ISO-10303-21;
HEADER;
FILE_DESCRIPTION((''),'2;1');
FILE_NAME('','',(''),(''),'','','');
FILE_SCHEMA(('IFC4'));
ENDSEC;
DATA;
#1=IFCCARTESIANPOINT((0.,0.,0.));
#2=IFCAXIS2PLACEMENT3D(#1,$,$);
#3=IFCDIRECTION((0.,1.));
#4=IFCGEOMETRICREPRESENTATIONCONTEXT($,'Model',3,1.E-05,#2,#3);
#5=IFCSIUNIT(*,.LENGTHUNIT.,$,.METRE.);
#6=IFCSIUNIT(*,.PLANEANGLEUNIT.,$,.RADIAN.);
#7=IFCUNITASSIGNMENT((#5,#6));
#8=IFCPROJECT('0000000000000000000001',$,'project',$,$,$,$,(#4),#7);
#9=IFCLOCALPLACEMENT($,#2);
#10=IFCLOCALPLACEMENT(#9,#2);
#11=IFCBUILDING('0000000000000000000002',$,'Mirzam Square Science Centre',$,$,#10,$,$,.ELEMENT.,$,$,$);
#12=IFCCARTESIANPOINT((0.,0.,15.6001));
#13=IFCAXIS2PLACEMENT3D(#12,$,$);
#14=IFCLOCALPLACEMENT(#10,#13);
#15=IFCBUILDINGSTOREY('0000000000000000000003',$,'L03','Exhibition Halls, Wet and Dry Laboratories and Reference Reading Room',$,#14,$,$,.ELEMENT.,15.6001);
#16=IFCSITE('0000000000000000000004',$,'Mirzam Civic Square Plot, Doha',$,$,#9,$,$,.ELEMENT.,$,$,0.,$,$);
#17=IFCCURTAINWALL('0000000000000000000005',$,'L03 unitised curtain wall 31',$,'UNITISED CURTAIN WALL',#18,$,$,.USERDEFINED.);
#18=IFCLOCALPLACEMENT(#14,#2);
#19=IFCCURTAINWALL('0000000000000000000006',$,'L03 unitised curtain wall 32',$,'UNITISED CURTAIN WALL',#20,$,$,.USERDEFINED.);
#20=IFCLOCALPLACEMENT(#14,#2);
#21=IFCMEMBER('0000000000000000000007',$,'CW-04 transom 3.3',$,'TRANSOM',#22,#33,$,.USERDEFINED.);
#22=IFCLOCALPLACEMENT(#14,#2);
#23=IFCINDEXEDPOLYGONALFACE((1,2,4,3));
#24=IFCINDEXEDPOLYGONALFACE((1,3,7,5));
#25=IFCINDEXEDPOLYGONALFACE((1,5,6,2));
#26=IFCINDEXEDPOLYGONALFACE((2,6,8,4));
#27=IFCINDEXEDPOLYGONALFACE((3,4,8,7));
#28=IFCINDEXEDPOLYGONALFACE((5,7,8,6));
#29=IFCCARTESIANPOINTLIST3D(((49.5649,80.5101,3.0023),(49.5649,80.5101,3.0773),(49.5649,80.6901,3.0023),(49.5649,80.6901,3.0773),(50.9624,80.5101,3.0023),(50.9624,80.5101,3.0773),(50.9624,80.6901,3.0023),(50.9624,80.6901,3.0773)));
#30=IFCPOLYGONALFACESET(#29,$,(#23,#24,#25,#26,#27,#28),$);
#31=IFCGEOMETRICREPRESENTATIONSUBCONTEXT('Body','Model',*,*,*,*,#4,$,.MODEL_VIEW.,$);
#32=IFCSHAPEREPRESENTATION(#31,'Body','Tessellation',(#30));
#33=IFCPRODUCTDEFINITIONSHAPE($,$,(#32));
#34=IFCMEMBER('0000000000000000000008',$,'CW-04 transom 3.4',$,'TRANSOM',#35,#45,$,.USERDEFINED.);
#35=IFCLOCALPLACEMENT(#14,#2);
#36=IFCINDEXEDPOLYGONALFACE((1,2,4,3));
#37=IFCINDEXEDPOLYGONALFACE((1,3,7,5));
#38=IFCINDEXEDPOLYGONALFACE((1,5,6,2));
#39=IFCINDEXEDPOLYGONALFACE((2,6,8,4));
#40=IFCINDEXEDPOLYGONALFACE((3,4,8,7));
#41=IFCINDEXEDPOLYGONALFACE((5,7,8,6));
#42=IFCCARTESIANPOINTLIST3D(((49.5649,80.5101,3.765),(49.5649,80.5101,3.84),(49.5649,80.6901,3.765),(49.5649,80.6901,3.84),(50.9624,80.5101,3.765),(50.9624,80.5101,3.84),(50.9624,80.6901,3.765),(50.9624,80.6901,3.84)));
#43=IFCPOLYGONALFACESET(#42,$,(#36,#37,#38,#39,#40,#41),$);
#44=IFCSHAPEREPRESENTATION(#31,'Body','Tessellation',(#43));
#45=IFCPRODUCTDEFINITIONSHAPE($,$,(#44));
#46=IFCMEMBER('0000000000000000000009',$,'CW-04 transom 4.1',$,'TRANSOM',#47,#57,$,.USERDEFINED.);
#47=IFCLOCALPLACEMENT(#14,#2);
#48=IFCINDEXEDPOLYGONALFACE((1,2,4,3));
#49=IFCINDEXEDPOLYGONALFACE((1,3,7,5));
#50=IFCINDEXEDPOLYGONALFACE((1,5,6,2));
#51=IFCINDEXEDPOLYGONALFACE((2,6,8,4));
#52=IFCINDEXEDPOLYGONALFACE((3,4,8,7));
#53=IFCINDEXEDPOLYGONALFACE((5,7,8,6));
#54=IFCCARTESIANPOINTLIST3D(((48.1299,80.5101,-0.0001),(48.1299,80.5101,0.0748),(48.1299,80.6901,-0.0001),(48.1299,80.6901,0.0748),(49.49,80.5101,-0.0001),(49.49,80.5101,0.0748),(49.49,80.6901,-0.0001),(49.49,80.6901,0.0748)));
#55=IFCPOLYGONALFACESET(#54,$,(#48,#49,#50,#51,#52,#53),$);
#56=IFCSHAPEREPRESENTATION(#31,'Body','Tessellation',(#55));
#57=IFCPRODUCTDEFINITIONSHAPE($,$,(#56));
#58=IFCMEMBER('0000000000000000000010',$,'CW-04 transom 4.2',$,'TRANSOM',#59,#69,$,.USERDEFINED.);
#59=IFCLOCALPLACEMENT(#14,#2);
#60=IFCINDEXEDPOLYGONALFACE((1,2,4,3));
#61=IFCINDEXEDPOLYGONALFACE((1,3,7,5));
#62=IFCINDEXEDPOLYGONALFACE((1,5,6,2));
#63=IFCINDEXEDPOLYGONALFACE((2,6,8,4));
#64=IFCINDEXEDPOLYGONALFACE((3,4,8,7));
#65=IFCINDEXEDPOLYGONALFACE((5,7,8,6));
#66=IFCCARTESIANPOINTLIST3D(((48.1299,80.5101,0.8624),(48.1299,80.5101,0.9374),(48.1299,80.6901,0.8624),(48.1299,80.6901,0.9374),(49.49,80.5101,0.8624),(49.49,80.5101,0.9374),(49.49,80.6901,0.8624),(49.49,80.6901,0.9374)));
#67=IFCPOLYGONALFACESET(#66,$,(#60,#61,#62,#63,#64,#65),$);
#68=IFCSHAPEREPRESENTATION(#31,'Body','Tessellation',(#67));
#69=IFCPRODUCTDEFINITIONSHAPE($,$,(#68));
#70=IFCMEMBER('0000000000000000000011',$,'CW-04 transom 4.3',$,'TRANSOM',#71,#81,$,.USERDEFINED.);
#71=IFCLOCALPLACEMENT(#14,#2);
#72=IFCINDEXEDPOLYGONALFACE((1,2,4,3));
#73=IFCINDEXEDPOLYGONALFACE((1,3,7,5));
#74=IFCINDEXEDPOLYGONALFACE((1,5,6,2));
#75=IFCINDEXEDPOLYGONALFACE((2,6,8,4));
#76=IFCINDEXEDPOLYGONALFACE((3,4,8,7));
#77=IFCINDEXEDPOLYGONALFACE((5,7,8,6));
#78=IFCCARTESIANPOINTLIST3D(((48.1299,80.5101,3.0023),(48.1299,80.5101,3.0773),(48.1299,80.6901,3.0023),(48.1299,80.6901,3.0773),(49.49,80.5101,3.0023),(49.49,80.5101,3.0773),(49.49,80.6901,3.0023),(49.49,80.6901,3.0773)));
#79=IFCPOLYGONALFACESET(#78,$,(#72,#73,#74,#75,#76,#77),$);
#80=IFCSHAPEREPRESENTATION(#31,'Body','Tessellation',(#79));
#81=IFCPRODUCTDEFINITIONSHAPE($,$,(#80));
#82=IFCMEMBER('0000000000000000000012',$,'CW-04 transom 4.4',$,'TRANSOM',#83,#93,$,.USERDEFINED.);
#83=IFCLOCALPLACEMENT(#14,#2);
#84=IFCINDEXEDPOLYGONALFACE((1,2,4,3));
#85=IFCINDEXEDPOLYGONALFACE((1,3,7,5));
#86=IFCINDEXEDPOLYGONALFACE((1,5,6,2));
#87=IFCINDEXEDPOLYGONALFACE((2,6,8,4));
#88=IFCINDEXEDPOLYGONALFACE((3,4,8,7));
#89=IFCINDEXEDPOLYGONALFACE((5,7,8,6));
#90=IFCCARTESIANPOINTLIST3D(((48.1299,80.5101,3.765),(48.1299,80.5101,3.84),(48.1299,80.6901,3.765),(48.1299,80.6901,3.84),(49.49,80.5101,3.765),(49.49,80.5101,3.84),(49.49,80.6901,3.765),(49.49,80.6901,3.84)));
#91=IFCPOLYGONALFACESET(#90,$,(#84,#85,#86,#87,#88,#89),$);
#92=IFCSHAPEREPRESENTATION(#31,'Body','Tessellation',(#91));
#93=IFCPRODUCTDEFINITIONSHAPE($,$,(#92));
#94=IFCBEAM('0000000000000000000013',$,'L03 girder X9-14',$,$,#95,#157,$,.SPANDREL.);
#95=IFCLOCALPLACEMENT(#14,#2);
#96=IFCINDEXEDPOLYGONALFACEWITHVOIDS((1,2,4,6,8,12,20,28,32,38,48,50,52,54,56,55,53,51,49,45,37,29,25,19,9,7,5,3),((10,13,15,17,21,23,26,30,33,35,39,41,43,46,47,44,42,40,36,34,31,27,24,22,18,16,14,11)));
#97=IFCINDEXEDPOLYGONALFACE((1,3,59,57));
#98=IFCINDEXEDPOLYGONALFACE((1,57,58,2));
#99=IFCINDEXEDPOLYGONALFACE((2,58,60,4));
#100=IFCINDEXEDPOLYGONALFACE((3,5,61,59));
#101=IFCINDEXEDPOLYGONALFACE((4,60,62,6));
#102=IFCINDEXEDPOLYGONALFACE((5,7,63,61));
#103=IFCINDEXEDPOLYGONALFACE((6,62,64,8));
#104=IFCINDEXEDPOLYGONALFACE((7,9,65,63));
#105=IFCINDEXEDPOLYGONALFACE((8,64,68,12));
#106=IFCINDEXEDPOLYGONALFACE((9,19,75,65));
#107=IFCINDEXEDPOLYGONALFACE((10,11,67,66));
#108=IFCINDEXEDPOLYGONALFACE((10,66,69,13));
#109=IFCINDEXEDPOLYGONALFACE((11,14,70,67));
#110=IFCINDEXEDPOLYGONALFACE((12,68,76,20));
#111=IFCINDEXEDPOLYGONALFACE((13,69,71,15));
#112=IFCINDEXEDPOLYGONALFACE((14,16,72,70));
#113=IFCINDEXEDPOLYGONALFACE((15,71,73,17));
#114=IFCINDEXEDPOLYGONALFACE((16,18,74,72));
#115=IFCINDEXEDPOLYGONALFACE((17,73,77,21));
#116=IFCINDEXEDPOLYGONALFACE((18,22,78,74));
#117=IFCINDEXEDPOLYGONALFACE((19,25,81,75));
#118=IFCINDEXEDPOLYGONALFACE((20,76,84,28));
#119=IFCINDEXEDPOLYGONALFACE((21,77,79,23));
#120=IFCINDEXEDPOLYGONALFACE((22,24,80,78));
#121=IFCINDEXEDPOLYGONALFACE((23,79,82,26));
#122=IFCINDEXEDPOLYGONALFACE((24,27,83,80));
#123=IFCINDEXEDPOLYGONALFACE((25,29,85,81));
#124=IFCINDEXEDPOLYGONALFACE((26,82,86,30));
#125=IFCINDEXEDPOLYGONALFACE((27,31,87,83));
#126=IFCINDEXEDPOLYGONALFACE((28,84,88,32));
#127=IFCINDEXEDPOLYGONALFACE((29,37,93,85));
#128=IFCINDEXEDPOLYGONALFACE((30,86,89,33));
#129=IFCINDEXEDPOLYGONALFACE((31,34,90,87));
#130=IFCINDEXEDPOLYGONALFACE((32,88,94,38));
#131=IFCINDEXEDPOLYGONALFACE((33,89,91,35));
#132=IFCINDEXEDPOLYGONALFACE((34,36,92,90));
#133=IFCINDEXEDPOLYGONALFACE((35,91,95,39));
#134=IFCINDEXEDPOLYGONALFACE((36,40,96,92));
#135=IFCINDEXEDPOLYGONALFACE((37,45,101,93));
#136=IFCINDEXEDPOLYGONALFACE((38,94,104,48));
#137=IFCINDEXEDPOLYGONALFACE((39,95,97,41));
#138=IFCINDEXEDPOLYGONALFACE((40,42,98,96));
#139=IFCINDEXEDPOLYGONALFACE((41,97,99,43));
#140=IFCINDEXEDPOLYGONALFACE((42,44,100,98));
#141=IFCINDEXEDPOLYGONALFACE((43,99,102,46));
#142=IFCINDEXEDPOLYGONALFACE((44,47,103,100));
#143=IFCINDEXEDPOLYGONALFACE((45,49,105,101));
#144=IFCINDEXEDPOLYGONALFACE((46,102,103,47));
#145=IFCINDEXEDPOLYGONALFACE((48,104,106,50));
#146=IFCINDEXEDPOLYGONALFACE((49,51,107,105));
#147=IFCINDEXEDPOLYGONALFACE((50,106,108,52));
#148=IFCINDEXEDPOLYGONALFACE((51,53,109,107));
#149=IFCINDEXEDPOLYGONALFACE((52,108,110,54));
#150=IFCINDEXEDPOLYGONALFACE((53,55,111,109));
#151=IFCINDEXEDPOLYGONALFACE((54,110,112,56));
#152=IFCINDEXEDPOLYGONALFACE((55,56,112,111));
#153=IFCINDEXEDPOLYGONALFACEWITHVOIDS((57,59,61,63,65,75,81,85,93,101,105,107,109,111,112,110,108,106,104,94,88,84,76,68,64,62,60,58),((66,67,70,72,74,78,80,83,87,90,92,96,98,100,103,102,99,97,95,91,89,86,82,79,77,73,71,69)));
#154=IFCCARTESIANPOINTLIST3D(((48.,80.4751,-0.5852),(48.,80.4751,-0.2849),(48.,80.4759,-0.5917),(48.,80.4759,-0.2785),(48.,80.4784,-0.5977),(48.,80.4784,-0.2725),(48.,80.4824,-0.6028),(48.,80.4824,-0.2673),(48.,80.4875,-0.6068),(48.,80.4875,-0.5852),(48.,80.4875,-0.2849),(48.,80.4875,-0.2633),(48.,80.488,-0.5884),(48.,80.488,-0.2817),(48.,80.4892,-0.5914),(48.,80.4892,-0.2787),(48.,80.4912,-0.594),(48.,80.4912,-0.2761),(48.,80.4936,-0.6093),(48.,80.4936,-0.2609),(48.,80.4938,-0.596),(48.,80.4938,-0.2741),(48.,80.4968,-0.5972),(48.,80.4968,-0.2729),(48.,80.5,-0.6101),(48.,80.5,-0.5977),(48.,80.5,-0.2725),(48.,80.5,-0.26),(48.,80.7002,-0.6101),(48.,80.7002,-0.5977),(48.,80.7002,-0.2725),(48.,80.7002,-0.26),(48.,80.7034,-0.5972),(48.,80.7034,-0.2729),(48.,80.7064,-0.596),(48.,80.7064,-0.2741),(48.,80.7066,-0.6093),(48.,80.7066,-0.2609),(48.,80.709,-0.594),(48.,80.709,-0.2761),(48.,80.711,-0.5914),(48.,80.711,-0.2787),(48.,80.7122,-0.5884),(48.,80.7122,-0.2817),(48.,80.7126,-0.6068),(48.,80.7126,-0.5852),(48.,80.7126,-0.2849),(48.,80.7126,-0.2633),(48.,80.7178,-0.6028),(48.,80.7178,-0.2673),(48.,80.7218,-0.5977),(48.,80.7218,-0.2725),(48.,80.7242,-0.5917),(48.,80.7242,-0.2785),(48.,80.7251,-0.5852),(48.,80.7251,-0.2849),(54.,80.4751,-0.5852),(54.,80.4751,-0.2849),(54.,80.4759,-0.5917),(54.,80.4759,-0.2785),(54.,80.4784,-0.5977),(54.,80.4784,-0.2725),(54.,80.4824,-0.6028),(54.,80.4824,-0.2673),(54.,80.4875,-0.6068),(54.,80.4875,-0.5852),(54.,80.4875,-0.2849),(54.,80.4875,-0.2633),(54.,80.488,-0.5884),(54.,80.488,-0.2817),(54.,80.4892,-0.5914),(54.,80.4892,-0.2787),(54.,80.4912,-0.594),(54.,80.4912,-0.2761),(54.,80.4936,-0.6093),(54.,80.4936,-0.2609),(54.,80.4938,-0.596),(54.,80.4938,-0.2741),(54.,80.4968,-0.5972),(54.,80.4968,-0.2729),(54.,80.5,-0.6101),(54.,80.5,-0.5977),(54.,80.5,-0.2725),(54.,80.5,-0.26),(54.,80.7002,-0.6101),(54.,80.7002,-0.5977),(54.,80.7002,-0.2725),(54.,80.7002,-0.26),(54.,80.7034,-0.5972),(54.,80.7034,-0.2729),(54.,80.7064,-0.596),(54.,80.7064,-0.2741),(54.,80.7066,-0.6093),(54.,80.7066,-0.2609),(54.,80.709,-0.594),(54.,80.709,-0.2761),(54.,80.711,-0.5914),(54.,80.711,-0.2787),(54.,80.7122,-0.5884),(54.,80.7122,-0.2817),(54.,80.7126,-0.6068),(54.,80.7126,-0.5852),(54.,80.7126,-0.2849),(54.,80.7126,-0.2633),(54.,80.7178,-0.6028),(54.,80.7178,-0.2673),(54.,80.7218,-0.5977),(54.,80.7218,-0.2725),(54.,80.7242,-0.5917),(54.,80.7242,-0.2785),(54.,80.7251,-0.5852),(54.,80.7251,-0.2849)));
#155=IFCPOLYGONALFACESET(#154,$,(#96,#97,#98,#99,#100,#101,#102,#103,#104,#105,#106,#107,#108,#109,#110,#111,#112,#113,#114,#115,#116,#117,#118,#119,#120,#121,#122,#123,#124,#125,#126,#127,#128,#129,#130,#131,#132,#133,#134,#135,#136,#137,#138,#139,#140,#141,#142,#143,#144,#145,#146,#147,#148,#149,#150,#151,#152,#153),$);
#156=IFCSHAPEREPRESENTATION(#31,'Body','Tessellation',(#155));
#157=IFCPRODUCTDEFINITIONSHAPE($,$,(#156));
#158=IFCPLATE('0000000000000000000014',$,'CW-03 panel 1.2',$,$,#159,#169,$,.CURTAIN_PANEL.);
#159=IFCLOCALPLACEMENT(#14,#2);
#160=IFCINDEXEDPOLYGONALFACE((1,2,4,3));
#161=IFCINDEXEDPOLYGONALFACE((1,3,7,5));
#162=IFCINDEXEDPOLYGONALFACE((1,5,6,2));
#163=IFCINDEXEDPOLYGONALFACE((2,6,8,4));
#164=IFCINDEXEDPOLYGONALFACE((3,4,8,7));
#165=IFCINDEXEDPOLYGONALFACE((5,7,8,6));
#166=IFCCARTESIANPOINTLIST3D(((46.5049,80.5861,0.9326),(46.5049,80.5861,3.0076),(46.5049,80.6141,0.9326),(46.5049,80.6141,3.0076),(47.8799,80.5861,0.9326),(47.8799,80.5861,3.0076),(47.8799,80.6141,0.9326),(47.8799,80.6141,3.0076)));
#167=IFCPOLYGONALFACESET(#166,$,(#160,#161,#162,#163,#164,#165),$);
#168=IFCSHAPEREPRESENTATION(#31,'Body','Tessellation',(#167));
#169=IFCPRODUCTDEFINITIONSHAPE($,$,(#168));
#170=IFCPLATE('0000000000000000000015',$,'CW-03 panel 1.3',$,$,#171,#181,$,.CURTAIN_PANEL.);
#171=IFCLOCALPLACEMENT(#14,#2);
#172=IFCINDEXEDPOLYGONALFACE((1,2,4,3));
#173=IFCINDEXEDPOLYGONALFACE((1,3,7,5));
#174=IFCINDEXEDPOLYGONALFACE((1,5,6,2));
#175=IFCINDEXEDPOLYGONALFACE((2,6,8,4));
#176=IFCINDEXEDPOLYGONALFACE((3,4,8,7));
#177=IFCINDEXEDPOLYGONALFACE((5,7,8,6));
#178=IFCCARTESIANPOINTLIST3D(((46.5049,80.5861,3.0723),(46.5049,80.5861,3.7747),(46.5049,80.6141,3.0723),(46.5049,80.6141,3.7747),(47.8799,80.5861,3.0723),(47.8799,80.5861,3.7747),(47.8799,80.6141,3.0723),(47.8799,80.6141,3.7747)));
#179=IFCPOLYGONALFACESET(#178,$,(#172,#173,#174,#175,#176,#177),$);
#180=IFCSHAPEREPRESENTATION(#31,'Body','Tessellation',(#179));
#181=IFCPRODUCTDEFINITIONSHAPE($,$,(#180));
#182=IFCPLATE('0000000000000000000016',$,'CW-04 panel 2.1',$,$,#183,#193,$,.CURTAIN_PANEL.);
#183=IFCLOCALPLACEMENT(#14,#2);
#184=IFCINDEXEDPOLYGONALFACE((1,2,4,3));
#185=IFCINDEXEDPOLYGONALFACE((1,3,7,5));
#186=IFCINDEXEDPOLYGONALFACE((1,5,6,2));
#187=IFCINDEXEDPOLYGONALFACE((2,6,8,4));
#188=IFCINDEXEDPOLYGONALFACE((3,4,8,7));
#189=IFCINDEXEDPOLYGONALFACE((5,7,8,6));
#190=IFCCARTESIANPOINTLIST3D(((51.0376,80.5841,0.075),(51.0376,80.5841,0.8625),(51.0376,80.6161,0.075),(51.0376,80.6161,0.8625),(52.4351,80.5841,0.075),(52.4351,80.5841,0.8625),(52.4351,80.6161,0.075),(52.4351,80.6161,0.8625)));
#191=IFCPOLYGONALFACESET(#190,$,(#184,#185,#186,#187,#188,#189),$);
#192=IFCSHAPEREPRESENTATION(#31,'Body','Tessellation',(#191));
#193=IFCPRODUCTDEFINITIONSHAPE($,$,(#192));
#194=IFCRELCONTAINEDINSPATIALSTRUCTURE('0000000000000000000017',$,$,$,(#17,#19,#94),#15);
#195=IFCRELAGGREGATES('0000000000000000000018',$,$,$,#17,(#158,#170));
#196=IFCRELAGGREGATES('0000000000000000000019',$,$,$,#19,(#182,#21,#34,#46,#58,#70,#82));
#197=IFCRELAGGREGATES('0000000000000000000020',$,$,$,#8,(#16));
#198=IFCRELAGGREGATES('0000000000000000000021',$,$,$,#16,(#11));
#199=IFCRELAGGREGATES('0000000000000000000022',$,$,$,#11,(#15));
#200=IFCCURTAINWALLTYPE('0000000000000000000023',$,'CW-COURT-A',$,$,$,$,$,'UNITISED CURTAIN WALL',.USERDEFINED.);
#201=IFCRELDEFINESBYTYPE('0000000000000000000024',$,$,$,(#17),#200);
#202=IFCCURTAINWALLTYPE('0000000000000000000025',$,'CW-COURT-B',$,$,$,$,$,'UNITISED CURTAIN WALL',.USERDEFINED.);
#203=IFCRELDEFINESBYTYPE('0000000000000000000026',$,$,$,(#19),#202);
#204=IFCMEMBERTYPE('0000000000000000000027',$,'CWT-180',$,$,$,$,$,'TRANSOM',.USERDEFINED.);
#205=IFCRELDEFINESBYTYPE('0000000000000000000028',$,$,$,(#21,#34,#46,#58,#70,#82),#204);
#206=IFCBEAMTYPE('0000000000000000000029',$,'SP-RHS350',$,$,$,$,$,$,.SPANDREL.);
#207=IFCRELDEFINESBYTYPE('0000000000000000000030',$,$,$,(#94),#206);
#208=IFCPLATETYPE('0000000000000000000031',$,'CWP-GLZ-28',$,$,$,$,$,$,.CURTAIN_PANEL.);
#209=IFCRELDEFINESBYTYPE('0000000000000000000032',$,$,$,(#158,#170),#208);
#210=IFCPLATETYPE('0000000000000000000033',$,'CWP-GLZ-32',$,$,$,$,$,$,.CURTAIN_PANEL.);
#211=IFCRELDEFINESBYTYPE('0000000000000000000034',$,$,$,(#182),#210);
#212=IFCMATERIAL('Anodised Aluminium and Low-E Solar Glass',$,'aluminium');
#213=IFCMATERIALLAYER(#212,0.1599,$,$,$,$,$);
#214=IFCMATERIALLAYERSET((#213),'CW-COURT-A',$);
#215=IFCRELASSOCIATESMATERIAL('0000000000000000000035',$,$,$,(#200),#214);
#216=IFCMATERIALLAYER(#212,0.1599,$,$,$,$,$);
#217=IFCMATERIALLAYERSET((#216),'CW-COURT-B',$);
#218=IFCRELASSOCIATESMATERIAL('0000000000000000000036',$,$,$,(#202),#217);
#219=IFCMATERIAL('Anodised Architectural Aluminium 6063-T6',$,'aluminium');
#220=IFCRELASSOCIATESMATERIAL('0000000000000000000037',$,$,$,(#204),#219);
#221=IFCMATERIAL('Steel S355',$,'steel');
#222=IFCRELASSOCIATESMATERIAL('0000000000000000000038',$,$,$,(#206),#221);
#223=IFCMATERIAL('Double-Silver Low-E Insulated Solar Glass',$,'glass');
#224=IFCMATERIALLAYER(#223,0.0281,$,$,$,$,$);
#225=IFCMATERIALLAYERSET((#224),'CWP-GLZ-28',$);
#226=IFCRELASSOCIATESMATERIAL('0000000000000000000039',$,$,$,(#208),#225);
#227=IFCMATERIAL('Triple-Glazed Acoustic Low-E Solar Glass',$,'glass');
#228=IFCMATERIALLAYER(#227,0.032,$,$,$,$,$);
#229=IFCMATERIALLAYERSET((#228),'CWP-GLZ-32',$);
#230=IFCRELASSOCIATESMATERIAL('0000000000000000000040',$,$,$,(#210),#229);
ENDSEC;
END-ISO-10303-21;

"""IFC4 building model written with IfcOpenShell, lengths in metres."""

from ifc_helpers import new_model, si_unit, direction, frame, origin, origin_2d, place, context, subcontext, project, spatial, rectangle, hollow_rectangle, extrude, material, layer, layer_set, material_profile, profile_set, type_object, element, aggregate, save


model = new_model("IFC4")

# Units and contexts
model_context = context("Model", 3, precision=1e-05, world=origin(), true_north=direction((0.0, 1.0)))
body_context = subcontext(model_context, "Body", "Model", "MODEL_VIEW")
ifc_project = project(units=[si_unit("LENGTHUNIT", "METRE"), si_unit("PLANEANGLEUNIT", "RADIAN")], contexts=[model_context])

# Site, building, storey
site_placement = place(None, origin())
site = spatial("IfcSite", under=ifc_project, at=site_placement, Name="Mirzam Civic Square Plot, Doha", CompositionType="ELEMENT", RefElevation=0.0)
building_placement = place(site_placement, origin())
building = spatial("IfcBuilding", under=site, at=building_placement, Name="Mirzam Square Science Centre", CompositionType="ELEMENT")
storey_placement = place(building_placement, frame((0.0, 0.0, 15.6001)))
storey = spatial("IfcBuildingStorey", under=building, at=storey_placement, Name="L03", Description="Exhibition Halls, Wet and Dry Laboratories and Reference Reading Room", CompositionType="ELEMENT", Elevation=15.6001)

# Shared definitions
ifc_material_1 = material(Name="Steel S355", Category="steel")

# Curtain wall
ifc_material_2 = material(Name="Anodised Aluminium and Low-E Solar Glass", Category="aluminium")
ifc_layer_1 = layer(ifc_material_2, 0.1599)
ifc_layer_set_1 = layer_set([ifc_layer_1], Name="CW-COURT-A")
curtain_wall_type_1 = type_object("IfcCurtainWallType", Name="CW-COURT-A", ElementType="UNITISED CURTAIN WALL", PredefinedType="USERDEFINED", material=ifc_layer_set_1)
curtain_wall_1_placement = place(storey_placement, origin())
curtain_wall_1 = element("IfcCurtainWall", 1, at=curtain_wall_1_placement, inside=storey, type_object=curtain_wall_type_1, Name="L03 unitised curtain wall 31", ObjectType="UNITISED CURTAIN WALL", PredefinedType="USERDEFINED")
ifc_material_3 = material(Name="Anodised Architectural Aluminium 6063-T6", Category="aluminium")

# Curtain wall
ifc_layer_2 = layer(ifc_material_2, 0.1599)
ifc_layer_set_2 = layer_set([ifc_layer_2], Name="CW-COURT-B")
curtain_wall_type_2 = type_object("IfcCurtainWallType", Name="CW-COURT-B", ElementType="UNITISED CURTAIN WALL", PredefinedType="USERDEFINED", material=ifc_layer_set_2)
curtain_wall_2_placement = place(storey_placement, origin())
curtain_wall_2 = element("IfcCurtainWall", 2, at=curtain_wall_2_placement, inside=storey, type_object=curtain_wall_type_2, Name="L03 unitised curtain wall 32", ObjectType="UNITISED CURTAIN WALL", PredefinedType="USERDEFINED")

# Members
ifc_material_profile_1 = material_profile(ifc_material_3, rectangle(XDim=0.1799, YDim=0.075, at=origin_2d()), Name="ALU-TRAN-180x75x5")
ifc_profile_set_1 = profile_set([ifc_material_profile_1], Name="Anodised Architectural Aluminium 6063-T6")
member_type_1 = type_object("IfcMemberType", Name="CWT-180", ElementType="TRANSOM", PredefinedType="USERDEFINED", material=ifc_profile_set_1)
member_1_placement = place(storey_placement, frame((50.9624, 80.6001, 3.0398), z_axis=(-1.0, 0.0, 0.0), x_axis=(0.0, -1.0, 0.0)))
member_1 = element("IfcMember", 3, at=member_1_placement, type_object=member_type_1, Name="CW-04 transom 3.3", ObjectType="TRANSOM", PredefinedType="USERDEFINED", context=body_context, shape_type="SweptSolid", body=[
    extrude(rectangle(XDim=0.1799, YDim=0.075, at=origin_2d()), origin(), (0.0, 0.0, 1.0), 1.3975),
])
member_2_placement = place(storey_placement, frame((50.9624, 80.6001, 3.8025), z_axis=(-1.0, 0.0, 0.0), x_axis=(0.0, -1.0, 0.0)))
member_2 = element("IfcMember", 4, at=member_2_placement, type_object=member_type_1, Name="CW-04 transom 3.4", ObjectType="TRANSOM", PredefinedType="USERDEFINED", context=body_context, shape_type="SweptSolid", body=[
    extrude(rectangle(XDim=0.1799, YDim=0.075, at=origin_2d()), origin(), (0.0, 0.0, 1.0), 1.3975),
])
member_3_placement = place(storey_placement, frame((49.49, 80.6001, 0.0374), z_axis=(-1.0, 0.0, 0.0), x_axis=(0.0, -1.0, 0.0)))
member_3 = element("IfcMember", 5, at=member_3_placement, type_object=member_type_1, Name="CW-04 transom 4.1", ObjectType="TRANSOM", PredefinedType="USERDEFINED", context=body_context, shape_type="SweptSolid", body=[
    extrude(rectangle(XDim=0.1799, YDim=0.075, at=origin_2d()), origin(), (0.0, 0.0, 1.0), 1.3601),
])
member_4_placement = place(storey_placement, frame((49.49, 80.6001, 0.8999), z_axis=(-1.0, 0.0, 0.0), x_axis=(0.0, -1.0, 0.0)))
member_4 = element("IfcMember", 6, at=member_4_placement, type_object=member_type_1, Name="CW-04 transom 4.2", ObjectType="TRANSOM", PredefinedType="USERDEFINED", context=body_context, shape_type="SweptSolid", body=[
    extrude(rectangle(XDim=0.1799, YDim=0.075, at=origin_2d()), origin(), (0.0, 0.0, 1.0), 1.3601),
])
member_5_placement = place(storey_placement, frame((49.49, 80.6001, 3.0398), z_axis=(-1.0, 0.0, 0.0), x_axis=(0.0, -1.0, 0.0)))
member_5 = element("IfcMember", 7, at=member_5_placement, type_object=member_type_1, Name="CW-04 transom 4.3", ObjectType="TRANSOM", PredefinedType="USERDEFINED", context=body_context, shape_type="SweptSolid", body=[
    extrude(rectangle(XDim=0.1799, YDim=0.075, at=origin_2d()), origin(), (0.0, 0.0, 1.0), 1.3601),
])
member_6_placement = place(storey_placement, frame((49.49, 80.6001, 3.8025), z_axis=(-1.0, 0.0, 0.0), x_axis=(0.0, -1.0, 0.0)))
member_6 = element("IfcMember", 8, at=member_6_placement, type_object=member_type_1, Name="CW-04 transom 4.4", ObjectType="TRANSOM", PredefinedType="USERDEFINED", context=body_context, shape_type="SweptSolid", body=[
    extrude(rectangle(XDim=0.1799, YDim=0.075, at=origin_2d()), origin(), (0.0, 0.0, 1.0), 1.3601),
])

# Beam
ifc_material_profile_2 = material_profile(ifc_material_1, hollow_rectangle(XDim=0.25, YDim=0.3501, WallThickness=0.0125, InnerFilletRadius=0.0125, OuterFilletRadius=0.0249, at=origin_2d()), Name="350x250x12.5RHS")
ifc_profile_set_2 = profile_set([ifc_material_profile_2], Name="Steel S355")
beam_type = type_object("IfcBeamType", Name="SP-RHS350", PredefinedType="SPANDREL", material=ifc_profile_set_2)
beam_placement = place(storey_placement, frame((48.0, 80.6001, -0.4351), z_axis=(1.0, 0.0, 0.0), x_axis=(0.0, 1.0, 0.0)))
element("IfcBeam", 9, at=beam_placement, inside=storey, type_object=beam_type, Name="L03 girder X9-14", PredefinedType="SPANDREL", context=body_context, shape_type="SweptSolid", body=[
    extrude(hollow_rectangle(XDim=0.25, YDim=0.3501, WallThickness=0.0125, InnerFilletRadius=0.0125, OuterFilletRadius=0.0249, at=origin_2d()), origin(), (0.0, 0.0, 1.0), 6.0),
])

# Plates
ifc_material_4 = material(Name="Double-Silver Low-E Insulated Solar Glass", Category="glass")
ifc_layer_3 = layer(ifc_material_4, 0.0281)
ifc_layer_set_3 = layer_set([ifc_layer_3], Name="CWP-GLZ-28")
plate_type_1 = type_object("IfcPlateType", Name="CWP-GLZ-28", PredefinedType="CURTAIN_PANEL", material=ifc_layer_set_3)
plate_1_placement = place(storey_placement, frame((47.1924, 80.6001, 0.9326), z_axis=(0.0, 0.0, 1.0), x_axis=(-1.0, 0.0, 0.0)))
plate_1 = element("IfcPlate", 10, at=plate_1_placement, type_object=plate_type_1, Name="CW-03 panel 1.2", PredefinedType="CURTAIN_PANEL", context=body_context, shape_type="SweptSolid", body=[
    extrude(rectangle(XDim=1.375, YDim=0.0281, at=origin_2d()), origin(), (0.0, 0.0, 1.0), 2.075),
])
plate_2_placement = place(storey_placement, frame((47.1924, 80.6001, 3.0723), z_axis=(0.0, 0.0, 1.0), x_axis=(-1.0, 0.0, 0.0)))
plate_2 = element("IfcPlate", 11, at=plate_2_placement, type_object=plate_type_1, Name="CW-03 panel 1.3", PredefinedType="CURTAIN_PANEL", context=body_context, shape_type="SweptSolid", body=[
    extrude(rectangle(XDim=1.375, YDim=0.0281, at=origin_2d()), origin(), (0.0, 0.0, 1.0), 0.7024),
])
aggregate(curtain_wall_1, [plate_1, plate_2])
ifc_material_5 = material(Name="Triple-Glazed Acoustic Low-E Solar Glass", Category="glass")
ifc_layer_4 = layer(ifc_material_5, 0.032)
ifc_layer_set_4 = layer_set([ifc_layer_4], Name="CWP-GLZ-32")
plate_type_2 = type_object("IfcPlateType", Name="CWP-GLZ-32", PredefinedType="CURTAIN_PANEL", material=ifc_layer_set_4)
plate_3_placement = place(storey_placement, frame((51.7363, 80.6001, 0.075), z_axis=(0.0, 0.0, 1.0), x_axis=(-1.0, 0.0, 0.0)))
plate_3 = element("IfcPlate", 12, at=plate_3_placement, type_object=plate_type_2, Name="CW-04 panel 2.1", PredefinedType="CURTAIN_PANEL", context=body_context, shape_type="SweptSolid", body=[
    extrude(rectangle(XDim=1.3975, YDim=0.032, at=origin_2d()), origin(), (0.0, 0.0, 1.0), 0.7876),
])
aggregate(curtain_wall_2, [plate_3, member_1, member_2, member_3, member_4, member_5, member_6])

save(model, "model.ifc")
